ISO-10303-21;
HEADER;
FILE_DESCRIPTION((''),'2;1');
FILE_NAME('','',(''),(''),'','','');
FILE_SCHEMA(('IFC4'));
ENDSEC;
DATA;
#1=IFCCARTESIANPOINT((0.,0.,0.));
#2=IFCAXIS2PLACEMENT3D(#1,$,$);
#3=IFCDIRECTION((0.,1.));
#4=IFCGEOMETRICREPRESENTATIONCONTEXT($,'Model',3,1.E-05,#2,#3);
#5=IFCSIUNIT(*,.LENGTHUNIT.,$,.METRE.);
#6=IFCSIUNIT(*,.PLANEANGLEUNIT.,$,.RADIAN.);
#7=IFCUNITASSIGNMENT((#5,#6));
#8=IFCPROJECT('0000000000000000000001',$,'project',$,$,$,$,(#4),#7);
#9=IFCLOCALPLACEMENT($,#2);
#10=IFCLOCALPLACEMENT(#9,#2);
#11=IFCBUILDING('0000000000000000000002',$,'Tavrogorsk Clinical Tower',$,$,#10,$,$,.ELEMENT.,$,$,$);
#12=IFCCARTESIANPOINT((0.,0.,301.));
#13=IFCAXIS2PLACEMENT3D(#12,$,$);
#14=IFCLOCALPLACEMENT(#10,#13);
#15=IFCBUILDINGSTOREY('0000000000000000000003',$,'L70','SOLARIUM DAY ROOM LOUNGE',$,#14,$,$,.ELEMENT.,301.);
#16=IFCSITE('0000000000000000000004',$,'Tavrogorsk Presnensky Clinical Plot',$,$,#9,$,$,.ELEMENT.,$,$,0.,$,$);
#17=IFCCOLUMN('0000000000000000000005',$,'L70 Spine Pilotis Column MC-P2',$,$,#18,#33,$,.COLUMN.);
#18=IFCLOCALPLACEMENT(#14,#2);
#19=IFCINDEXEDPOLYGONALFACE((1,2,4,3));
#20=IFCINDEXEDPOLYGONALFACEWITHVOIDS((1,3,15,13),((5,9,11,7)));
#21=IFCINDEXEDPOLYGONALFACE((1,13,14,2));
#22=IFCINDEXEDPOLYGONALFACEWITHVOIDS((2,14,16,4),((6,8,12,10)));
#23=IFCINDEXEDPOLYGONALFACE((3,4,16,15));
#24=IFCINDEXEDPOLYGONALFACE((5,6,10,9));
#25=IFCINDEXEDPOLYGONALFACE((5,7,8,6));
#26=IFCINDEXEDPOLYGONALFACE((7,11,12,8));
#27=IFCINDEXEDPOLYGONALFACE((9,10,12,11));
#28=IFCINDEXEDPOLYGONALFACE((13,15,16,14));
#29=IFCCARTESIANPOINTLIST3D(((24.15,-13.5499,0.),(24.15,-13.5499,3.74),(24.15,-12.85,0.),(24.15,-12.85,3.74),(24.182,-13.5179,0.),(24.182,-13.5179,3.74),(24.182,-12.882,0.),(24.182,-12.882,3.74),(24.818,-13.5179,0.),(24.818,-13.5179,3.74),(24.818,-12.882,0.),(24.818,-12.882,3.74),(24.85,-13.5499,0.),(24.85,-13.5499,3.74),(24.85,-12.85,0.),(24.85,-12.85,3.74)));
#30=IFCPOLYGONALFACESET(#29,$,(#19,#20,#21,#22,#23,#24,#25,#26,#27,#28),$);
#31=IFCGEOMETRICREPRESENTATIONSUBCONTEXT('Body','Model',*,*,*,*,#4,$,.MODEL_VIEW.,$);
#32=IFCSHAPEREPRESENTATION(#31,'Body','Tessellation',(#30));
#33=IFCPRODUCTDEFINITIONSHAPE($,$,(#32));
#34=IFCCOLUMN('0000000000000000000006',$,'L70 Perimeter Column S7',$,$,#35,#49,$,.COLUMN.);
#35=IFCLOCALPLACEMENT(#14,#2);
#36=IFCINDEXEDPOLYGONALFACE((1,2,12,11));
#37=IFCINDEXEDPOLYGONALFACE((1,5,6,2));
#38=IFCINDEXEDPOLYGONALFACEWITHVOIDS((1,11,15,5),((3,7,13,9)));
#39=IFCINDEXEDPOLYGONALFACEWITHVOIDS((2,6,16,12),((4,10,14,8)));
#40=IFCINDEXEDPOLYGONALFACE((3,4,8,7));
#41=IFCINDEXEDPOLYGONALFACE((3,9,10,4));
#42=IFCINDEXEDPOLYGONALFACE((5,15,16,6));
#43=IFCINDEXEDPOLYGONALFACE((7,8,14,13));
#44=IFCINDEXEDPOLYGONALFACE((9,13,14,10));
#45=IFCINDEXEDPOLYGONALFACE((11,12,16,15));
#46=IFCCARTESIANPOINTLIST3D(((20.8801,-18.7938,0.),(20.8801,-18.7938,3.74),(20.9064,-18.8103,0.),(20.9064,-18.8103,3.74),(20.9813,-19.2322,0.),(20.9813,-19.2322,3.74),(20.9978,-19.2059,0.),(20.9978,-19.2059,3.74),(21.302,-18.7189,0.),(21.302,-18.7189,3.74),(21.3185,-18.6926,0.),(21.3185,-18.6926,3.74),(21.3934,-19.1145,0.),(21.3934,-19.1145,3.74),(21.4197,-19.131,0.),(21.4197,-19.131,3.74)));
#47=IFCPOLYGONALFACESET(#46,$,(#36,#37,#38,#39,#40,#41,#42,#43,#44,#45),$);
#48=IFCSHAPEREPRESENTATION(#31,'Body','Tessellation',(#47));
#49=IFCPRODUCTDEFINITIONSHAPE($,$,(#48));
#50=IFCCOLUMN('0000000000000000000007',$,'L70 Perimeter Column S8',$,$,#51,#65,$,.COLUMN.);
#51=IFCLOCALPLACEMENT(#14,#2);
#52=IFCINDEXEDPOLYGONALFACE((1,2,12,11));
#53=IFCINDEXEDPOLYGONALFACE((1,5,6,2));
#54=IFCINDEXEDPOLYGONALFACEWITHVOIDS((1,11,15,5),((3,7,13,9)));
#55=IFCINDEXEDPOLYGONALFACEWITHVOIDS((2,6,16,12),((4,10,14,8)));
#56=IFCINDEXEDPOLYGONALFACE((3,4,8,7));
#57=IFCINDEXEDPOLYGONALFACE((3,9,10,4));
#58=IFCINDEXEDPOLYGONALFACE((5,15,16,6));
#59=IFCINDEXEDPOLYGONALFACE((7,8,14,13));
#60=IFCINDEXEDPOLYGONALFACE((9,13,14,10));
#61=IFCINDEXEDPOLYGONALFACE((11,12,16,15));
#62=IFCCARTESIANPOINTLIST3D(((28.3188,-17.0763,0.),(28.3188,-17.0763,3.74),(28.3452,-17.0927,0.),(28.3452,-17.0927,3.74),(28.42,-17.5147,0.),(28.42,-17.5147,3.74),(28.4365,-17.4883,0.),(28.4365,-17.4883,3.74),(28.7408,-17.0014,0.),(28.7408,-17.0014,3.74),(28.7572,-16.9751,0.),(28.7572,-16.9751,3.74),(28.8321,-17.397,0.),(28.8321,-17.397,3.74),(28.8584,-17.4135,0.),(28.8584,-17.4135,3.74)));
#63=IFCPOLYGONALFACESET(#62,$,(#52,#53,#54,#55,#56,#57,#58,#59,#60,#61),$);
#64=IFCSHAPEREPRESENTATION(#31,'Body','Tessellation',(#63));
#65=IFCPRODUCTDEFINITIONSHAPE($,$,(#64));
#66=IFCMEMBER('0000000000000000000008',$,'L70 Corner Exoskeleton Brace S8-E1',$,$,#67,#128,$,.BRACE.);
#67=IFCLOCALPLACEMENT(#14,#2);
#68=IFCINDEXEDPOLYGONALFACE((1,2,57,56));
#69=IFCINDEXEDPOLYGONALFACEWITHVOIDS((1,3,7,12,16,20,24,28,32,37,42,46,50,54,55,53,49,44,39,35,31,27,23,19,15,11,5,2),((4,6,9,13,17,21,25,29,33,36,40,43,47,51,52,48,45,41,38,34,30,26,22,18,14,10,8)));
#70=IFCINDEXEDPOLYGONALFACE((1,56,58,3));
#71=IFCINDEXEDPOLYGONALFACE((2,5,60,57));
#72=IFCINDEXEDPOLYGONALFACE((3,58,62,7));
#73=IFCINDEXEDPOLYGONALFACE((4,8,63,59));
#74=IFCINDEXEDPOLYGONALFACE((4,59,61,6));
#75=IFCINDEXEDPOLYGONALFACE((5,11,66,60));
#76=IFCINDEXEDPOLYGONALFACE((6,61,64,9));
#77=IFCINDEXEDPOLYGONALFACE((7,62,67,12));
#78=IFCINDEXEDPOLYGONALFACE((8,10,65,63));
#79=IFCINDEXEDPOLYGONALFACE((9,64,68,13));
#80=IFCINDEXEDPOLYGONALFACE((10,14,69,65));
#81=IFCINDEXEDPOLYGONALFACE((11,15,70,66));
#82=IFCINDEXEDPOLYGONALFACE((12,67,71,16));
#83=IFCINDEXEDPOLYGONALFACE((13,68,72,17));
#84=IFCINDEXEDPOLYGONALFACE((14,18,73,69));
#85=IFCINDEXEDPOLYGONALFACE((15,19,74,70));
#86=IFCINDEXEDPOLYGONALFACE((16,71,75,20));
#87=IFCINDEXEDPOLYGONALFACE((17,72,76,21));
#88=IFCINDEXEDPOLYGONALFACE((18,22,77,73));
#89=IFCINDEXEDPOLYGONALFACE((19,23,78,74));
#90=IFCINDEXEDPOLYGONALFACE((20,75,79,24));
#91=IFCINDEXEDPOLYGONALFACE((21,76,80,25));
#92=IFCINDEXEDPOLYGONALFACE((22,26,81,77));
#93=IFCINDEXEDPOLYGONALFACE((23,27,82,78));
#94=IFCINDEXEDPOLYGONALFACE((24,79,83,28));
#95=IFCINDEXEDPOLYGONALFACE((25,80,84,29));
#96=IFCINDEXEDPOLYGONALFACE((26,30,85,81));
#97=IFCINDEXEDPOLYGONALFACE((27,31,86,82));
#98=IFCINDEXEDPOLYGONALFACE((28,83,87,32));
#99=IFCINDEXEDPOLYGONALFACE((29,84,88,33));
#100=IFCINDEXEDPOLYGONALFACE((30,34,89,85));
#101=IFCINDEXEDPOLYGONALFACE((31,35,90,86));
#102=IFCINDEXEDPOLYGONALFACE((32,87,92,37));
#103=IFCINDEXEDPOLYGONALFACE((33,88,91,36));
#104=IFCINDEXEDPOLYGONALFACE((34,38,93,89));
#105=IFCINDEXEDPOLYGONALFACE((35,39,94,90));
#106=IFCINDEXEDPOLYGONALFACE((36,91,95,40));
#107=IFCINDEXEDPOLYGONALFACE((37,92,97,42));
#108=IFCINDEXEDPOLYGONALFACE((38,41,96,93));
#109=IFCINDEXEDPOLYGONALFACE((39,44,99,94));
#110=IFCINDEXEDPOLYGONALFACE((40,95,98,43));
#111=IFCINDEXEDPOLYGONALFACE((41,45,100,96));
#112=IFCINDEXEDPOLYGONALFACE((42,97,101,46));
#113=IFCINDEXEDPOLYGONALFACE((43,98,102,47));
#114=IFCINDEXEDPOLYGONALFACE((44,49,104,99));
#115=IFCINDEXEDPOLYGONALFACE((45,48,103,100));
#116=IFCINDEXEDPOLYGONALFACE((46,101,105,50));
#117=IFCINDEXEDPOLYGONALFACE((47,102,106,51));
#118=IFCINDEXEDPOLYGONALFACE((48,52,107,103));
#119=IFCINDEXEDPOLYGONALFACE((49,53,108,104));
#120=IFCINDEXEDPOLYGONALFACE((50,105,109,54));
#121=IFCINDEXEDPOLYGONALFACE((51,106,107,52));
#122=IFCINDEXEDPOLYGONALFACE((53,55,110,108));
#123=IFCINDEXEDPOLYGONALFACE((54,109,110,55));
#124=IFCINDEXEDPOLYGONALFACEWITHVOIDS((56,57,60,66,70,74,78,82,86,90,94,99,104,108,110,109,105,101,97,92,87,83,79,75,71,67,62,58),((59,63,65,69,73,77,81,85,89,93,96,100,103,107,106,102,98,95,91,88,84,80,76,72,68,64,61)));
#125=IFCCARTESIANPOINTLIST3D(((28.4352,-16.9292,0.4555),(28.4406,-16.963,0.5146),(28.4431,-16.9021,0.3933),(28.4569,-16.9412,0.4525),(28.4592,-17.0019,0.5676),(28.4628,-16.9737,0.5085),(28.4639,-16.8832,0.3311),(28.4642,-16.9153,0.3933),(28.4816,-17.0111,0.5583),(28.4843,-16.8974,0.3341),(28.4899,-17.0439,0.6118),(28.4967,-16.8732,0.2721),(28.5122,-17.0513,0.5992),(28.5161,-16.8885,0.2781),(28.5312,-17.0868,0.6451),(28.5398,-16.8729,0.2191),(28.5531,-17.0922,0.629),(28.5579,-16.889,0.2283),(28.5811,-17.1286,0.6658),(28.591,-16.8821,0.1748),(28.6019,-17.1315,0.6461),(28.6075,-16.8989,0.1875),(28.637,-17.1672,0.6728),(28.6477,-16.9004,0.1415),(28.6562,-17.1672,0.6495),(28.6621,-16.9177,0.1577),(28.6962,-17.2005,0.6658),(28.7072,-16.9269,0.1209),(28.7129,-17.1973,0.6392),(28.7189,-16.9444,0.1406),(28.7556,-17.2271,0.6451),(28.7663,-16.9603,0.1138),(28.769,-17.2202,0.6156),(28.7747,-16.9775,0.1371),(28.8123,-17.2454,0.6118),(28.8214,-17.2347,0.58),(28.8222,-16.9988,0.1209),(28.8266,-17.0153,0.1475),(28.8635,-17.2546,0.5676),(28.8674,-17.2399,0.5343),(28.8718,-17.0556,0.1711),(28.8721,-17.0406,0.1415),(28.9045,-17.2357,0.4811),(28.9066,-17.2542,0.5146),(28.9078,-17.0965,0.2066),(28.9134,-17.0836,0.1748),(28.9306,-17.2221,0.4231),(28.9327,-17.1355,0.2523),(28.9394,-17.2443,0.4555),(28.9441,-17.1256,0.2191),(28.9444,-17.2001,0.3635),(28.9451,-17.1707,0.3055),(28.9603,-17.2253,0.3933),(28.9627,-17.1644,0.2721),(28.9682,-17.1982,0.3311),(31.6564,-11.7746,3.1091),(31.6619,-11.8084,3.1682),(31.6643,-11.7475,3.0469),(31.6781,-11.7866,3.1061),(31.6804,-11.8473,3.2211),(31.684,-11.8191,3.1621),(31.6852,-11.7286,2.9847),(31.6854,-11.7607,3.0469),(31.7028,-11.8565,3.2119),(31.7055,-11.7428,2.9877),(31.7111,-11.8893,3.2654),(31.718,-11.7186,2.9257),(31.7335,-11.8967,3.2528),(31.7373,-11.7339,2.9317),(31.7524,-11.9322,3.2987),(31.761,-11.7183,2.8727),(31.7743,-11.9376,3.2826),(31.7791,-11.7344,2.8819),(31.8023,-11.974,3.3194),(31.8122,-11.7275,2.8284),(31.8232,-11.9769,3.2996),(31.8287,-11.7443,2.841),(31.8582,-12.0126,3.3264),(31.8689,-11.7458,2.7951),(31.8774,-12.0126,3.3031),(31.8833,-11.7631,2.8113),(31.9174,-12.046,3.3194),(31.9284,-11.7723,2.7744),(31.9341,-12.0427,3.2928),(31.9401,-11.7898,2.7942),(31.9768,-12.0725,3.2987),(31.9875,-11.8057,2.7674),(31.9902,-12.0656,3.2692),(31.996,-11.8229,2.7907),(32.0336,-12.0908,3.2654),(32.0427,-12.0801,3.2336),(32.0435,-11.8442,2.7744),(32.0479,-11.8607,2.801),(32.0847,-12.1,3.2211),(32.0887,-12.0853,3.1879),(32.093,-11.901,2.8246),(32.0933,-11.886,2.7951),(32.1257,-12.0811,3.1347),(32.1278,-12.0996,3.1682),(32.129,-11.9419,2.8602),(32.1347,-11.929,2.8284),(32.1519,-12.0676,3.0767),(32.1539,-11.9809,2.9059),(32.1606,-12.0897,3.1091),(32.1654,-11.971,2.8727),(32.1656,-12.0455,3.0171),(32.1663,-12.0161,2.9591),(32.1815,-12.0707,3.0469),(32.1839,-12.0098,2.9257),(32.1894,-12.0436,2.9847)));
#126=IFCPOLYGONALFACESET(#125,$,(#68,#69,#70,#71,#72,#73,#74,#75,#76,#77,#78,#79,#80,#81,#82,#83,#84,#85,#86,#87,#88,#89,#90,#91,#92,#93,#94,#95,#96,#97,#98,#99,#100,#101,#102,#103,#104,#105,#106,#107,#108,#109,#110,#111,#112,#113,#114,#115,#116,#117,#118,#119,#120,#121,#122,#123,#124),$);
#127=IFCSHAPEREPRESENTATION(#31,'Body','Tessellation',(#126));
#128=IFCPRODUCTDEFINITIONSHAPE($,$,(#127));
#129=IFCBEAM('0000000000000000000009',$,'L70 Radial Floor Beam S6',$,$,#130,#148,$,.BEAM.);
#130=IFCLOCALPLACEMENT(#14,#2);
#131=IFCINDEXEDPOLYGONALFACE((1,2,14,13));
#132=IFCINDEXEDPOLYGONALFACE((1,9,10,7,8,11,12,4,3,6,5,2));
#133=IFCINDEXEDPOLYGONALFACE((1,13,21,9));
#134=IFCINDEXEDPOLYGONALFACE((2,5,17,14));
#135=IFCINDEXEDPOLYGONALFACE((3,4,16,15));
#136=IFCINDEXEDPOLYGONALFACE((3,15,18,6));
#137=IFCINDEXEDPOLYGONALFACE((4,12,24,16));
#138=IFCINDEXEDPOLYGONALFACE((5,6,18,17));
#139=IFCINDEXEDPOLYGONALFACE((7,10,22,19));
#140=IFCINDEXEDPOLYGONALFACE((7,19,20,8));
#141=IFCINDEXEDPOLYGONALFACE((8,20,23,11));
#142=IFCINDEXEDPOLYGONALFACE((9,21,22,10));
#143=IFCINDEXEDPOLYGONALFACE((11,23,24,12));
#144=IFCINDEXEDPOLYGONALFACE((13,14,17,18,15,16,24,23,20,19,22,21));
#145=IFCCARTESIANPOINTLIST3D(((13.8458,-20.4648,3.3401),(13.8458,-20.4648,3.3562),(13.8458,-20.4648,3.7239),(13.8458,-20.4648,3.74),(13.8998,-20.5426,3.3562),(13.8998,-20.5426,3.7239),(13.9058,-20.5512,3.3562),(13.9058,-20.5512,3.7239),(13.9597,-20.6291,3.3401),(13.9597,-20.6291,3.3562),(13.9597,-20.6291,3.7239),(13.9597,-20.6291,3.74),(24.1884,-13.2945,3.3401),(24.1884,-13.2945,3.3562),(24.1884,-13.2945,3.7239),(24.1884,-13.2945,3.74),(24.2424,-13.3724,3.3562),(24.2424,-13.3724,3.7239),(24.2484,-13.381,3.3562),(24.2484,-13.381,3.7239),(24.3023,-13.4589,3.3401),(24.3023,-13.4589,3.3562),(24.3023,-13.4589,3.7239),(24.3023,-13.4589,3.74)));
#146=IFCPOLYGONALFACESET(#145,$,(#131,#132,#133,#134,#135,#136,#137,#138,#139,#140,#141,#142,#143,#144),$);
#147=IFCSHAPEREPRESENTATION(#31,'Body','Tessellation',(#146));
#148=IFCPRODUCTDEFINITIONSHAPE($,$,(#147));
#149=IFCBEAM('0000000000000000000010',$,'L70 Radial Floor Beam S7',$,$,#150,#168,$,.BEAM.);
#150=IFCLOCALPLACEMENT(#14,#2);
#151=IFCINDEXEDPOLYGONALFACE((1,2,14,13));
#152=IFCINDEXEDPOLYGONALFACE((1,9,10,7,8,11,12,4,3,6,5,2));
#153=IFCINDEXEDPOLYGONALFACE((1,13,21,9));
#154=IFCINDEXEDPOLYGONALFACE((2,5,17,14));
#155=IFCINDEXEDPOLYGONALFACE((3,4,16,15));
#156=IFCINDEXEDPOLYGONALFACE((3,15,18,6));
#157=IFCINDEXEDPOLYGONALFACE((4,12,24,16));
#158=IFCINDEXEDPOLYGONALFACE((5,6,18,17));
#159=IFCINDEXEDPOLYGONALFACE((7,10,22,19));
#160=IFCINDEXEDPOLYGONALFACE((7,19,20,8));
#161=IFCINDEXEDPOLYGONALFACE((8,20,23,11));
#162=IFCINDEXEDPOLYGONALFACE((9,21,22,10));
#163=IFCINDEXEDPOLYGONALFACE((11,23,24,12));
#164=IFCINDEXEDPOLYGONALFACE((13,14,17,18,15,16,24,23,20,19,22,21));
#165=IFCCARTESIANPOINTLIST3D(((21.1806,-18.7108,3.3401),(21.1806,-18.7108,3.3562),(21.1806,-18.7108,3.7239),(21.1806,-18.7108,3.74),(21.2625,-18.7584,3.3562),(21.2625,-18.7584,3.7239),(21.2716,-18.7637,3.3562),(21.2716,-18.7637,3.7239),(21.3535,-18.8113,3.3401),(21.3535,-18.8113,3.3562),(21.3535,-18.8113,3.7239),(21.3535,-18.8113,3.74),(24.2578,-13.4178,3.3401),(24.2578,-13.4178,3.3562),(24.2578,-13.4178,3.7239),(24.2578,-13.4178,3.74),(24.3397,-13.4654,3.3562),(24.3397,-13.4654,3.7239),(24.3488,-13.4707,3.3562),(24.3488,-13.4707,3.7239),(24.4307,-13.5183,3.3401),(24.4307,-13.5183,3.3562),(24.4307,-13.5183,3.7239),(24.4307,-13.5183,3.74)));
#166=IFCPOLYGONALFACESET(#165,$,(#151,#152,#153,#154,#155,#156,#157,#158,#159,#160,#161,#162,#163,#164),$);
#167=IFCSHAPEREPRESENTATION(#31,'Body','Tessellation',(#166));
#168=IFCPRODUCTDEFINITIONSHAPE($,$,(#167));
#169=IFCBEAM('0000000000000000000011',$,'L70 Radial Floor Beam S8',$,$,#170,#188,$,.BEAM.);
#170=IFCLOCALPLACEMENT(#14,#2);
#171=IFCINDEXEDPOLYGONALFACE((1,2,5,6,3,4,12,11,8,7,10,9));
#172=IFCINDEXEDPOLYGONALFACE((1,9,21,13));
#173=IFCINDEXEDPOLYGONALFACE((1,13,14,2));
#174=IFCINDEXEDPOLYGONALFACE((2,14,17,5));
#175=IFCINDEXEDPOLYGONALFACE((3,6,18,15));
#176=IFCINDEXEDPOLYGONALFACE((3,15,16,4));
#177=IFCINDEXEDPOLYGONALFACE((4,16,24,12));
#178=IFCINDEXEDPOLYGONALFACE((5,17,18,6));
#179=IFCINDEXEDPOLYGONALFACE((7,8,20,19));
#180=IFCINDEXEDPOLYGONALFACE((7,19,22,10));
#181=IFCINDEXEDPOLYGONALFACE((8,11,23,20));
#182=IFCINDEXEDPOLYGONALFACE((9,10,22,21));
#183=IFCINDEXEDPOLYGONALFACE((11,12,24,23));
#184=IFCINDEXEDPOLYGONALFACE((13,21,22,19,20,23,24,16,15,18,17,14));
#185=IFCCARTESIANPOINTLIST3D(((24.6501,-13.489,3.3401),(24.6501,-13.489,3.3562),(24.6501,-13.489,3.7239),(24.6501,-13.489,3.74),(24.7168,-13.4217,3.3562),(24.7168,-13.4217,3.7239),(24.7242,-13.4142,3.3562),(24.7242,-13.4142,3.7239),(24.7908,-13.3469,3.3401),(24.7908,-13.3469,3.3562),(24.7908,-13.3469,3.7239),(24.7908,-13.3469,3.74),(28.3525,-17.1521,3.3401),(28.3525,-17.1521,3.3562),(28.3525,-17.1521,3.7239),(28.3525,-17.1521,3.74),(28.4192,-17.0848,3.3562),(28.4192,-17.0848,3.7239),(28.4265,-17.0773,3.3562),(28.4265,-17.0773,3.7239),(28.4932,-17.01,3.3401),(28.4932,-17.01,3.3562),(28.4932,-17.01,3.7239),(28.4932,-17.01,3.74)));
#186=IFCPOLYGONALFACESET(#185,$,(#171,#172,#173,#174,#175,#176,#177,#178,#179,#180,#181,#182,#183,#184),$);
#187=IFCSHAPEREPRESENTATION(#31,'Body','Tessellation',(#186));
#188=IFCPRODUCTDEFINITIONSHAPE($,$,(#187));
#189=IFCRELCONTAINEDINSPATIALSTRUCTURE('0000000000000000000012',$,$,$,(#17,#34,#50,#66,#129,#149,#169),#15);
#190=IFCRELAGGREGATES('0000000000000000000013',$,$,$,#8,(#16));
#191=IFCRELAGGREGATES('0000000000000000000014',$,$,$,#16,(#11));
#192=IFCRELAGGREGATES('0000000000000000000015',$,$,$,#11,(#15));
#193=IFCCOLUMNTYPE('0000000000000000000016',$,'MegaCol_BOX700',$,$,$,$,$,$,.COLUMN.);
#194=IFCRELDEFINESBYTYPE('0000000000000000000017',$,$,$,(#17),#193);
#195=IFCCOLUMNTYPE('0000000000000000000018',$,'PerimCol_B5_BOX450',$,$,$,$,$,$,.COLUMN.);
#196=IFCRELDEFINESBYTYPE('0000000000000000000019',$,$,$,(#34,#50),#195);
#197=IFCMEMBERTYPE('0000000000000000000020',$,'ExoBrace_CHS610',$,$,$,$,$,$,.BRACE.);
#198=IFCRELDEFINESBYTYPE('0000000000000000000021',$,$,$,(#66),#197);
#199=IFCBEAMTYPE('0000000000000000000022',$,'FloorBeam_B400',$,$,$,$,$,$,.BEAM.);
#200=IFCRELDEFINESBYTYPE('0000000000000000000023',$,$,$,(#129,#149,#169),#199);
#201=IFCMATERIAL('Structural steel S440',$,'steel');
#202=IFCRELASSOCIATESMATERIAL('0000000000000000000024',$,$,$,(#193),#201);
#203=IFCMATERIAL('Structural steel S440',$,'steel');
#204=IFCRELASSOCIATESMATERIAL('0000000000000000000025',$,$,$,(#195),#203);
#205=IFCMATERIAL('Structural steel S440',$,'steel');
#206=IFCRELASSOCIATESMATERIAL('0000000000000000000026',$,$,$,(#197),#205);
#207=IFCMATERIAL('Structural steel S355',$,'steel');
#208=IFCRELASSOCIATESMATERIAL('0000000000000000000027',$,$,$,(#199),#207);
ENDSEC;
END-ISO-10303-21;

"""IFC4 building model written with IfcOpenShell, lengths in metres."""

from ifc_helpers import new_model, si_unit, direction, frame, origin, origin_2d, place, context, subcontext, project, spatial, hollow_rectangle, hollow_circle, i_section, extrude, material, material_profile, profile_set, type_object, element, save


model = new_model("IFC4")

# Units and contexts
model_context = context("Model", 3, precision=1e-05, world=origin(), true_north=direction((0.0, 1.0)))
body_context = subcontext(model_context, "Body", "Model", "MODEL_VIEW")
ifc_project = project(units=[si_unit("LENGTHUNIT", "METRE"), si_unit("PLANEANGLEUNIT", "RADIAN")], contexts=[model_context])

# Site, building, storey
site_placement = place(None, origin())
site = spatial("IfcSite", under=ifc_project, at=site_placement, Name="Tavrogorsk Presnensky Clinical Plot", CompositionType="ELEMENT", RefElevation=0.0)
building_placement = place(site_placement, origin())
building = spatial("IfcBuilding", under=site, at=building_placement, Name="Tavrogorsk Clinical Tower", CompositionType="ELEMENT")
storey_placement = place(building_placement, frame((0.0, 0.0, 301.0)))
storey = spatial("IfcBuildingStorey", under=building, at=storey_placement, Name="L70", Description="SOLARIUM DAY ROOM LOUNGE", CompositionType="ELEMENT", Elevation=301.0)

# Columns
ifc_material_1 = material(Name="Structural steel S440", Category="steel")
ifc_material_profile_1 = material_profile(ifc_material_1, hollow_rectangle(XDim=0.7, YDim=0.7, WallThickness=0.032, at=origin_2d()), Name="BOX-700x700x32")
ifc_profile_set_1 = profile_set([ifc_material_profile_1], Name="Structural steel S440")
column_type_1 = type_object("IfcColumnType", Name="MegaCol_BOX700", PredefinedType="COLUMN", material=ifc_profile_set_1)
column_placement = place(storey_placement, frame((24.5, -13.2, 0.0), z_axis=(0.0, 0.0, 1.0), x_axis=(1.0, 0.0, 0.0)))
element("IfcColumn", 1, at=column_placement, inside=storey, type_object=column_type_1, Name="L70 Spine Pilotis Column MC-P2", PredefinedType="COLUMN", context=body_context, shape_type="SweptSolid", body=[
    extrude(hollow_rectangle(XDim=0.7, YDim=0.7, WallThickness=0.032, at=origin_2d()), origin(), (0.0, 0.0, 1.0), 3.74),
])
ifc_material_2 = material(Name="Structural steel S440", Category="steel")
ifc_material_profile_2 = material_profile(ifc_material_2, hollow_rectangle(XDim=0.45, YDim=0.45, WallThickness=0.022, at=origin_2d()), Name="BOX-450x450x22")
ifc_profile_set_2 = profile_set([ifc_material_profile_2], Name="Structural steel S440")
column_type_2 = type_object("IfcColumnType", Name="PerimCol_B5_BOX450", PredefinedType="COLUMN", material=ifc_profile_set_2)
for number, where, z_axis, x_axis, name in (
    (2, (21.1499, -18.9624, 0.0), (0.0, 0.0, 1.0), (0.97437, 0.224951, 0.0), "L70 Perimeter Column S7"),
    (3, (28.5886, -17.2449, 0.0), (0.0, 0.0, 1.0), (0.97437, 0.224951, 0.0), "L70 Perimeter Column S8"),
):
    element("IfcColumn", number, at=place(storey_placement, frame(where, z_axis=z_axis, x_axis=x_axis)), inside=storey, type_object=column_type_2, Name=name, PredefinedType="COLUMN", context=body_context, shape_type="SweptSolid", body=[
        extrude(hollow_rectangle(XDim=0.45, YDim=0.45, WallThickness=0.022, at=origin_2d()), origin(), (0.0, 0.0, 1.0), 3.74),
    ])

# Member
ifc_material_3 = material(Name="Structural steel S440", Category="steel")
ifc_material_profile_3 = material_profile(ifc_material_3, hollow_circle(Radius=0.3049, WallThickness=0.0249, at=origin_2d()), Name="CHS-610x25")
ifc_profile_set_3 = profile_set([ifc_material_profile_3], Name="Structural steel S440")
member_type = type_object("IfcMemberType", Name="ExoBrace_CHS610", PredefinedType="BRACE", material=ifc_profile_set_3)
member_placement = place(storey_placement, frame((28.7017, -17.0637, 0.3933), z_axis=(0.485686, 0.777193, 0.4001), x_axis=(-0.848028, 0.529952, 0.0)))
element("IfcMember", 4, at=member_placement, inside=storey, type_object=member_type, Name="L70 Corner Exoskeleton Brace S8-E1", PredefinedType="BRACE", context=body_context, shape_type="SweptSolid", body=[
    extrude(hollow_circle(Radius=0.3049, WallThickness=0.0249, at=origin_2d()), origin(), (0.0, 0.0, 1.0), 6.6323),
])

# Beams
ifc_material_4 = material(Name="Structural steel S355", Category="steel")
ifc_material_profile_4 = material_profile(ifc_material_4, i_section(OverallWidth=0.2, OverallDepth=0.3999, WebThickness=0.0105, FlangeThickness=0.0161, at=origin_2d()), Name="B-400x200x10.5x16")
ifc_profile_set_4 = profile_set([ifc_material_profile_4], Name="Structural steel S355")
beam_type_1 = type_object("IfcBeamType", Name="FloorBeam_B400", PredefinedType="BEAM", material=ifc_profile_set_4)
beam_1_placement = place(storey_placement, frame((24.2454, -13.3767, 3.54), z_axis=(-0.821822, -0.569745, 0.0), x_axis=(0.569745, -0.821822, 0.0)))
element("IfcBeam", 5, at=beam_1_placement, inside=storey, type_object=beam_type_1, Name="L70 Radial Floor Beam S6", PredefinedType="BEAM", context=body_context, shape_type="SweptSolid", body=[
    extrude(i_section(OverallWidth=0.2, OverallDepth=0.3999, WebThickness=0.0105, FlangeThickness=0.0161, at=origin_2d()), origin(), (0.0, 0.0, 1.0), 12.585),
])
beam_2_placement = place(storey_placement, frame((24.3442, -13.468, 3.54), z_axis=(-0.502601, -0.864518, 0.0), x_axis=(0.864518, -0.502601, 0.0)))
element("IfcBeam", 6, at=beam_2_placement, inside=storey, type_object=beam_type_1, Name="L70 Radial Floor Beam S7", PredefinedType="BEAM", context=body_context, shape_type="SweptSolid", body=[
    extrude(i_section(OverallWidth=0.2, OverallDepth=0.3999, WebThickness=0.0105, FlangeThickness=0.0161, at=origin_2d()), origin(), (0.0, 0.0, 1.0), 6.1226),
])
beam_3_placement = place(storey_placement, frame((24.7205, -13.418, 3.54), z_axis=(0.71087, -0.703323, 0.0), x_axis=(0.703323, 0.71087, 0.0)))
element("IfcBeam", 7, at=beam_3_placement, inside=storey, type_object=beam_type_1, Name="L70 Radial Floor Beam S8", PredefinedType="BEAM", context=body_context, shape_type="SweptSolid", body=[
    extrude(i_section(OverallWidth=0.2, OverallDepth=0.3999, WebThickness=0.0105, FlangeThickness=0.0161, at=origin_2d()), origin(), (0.0, 0.0, 1.0), 5.2083),
])

save(model, "model.ifc")
